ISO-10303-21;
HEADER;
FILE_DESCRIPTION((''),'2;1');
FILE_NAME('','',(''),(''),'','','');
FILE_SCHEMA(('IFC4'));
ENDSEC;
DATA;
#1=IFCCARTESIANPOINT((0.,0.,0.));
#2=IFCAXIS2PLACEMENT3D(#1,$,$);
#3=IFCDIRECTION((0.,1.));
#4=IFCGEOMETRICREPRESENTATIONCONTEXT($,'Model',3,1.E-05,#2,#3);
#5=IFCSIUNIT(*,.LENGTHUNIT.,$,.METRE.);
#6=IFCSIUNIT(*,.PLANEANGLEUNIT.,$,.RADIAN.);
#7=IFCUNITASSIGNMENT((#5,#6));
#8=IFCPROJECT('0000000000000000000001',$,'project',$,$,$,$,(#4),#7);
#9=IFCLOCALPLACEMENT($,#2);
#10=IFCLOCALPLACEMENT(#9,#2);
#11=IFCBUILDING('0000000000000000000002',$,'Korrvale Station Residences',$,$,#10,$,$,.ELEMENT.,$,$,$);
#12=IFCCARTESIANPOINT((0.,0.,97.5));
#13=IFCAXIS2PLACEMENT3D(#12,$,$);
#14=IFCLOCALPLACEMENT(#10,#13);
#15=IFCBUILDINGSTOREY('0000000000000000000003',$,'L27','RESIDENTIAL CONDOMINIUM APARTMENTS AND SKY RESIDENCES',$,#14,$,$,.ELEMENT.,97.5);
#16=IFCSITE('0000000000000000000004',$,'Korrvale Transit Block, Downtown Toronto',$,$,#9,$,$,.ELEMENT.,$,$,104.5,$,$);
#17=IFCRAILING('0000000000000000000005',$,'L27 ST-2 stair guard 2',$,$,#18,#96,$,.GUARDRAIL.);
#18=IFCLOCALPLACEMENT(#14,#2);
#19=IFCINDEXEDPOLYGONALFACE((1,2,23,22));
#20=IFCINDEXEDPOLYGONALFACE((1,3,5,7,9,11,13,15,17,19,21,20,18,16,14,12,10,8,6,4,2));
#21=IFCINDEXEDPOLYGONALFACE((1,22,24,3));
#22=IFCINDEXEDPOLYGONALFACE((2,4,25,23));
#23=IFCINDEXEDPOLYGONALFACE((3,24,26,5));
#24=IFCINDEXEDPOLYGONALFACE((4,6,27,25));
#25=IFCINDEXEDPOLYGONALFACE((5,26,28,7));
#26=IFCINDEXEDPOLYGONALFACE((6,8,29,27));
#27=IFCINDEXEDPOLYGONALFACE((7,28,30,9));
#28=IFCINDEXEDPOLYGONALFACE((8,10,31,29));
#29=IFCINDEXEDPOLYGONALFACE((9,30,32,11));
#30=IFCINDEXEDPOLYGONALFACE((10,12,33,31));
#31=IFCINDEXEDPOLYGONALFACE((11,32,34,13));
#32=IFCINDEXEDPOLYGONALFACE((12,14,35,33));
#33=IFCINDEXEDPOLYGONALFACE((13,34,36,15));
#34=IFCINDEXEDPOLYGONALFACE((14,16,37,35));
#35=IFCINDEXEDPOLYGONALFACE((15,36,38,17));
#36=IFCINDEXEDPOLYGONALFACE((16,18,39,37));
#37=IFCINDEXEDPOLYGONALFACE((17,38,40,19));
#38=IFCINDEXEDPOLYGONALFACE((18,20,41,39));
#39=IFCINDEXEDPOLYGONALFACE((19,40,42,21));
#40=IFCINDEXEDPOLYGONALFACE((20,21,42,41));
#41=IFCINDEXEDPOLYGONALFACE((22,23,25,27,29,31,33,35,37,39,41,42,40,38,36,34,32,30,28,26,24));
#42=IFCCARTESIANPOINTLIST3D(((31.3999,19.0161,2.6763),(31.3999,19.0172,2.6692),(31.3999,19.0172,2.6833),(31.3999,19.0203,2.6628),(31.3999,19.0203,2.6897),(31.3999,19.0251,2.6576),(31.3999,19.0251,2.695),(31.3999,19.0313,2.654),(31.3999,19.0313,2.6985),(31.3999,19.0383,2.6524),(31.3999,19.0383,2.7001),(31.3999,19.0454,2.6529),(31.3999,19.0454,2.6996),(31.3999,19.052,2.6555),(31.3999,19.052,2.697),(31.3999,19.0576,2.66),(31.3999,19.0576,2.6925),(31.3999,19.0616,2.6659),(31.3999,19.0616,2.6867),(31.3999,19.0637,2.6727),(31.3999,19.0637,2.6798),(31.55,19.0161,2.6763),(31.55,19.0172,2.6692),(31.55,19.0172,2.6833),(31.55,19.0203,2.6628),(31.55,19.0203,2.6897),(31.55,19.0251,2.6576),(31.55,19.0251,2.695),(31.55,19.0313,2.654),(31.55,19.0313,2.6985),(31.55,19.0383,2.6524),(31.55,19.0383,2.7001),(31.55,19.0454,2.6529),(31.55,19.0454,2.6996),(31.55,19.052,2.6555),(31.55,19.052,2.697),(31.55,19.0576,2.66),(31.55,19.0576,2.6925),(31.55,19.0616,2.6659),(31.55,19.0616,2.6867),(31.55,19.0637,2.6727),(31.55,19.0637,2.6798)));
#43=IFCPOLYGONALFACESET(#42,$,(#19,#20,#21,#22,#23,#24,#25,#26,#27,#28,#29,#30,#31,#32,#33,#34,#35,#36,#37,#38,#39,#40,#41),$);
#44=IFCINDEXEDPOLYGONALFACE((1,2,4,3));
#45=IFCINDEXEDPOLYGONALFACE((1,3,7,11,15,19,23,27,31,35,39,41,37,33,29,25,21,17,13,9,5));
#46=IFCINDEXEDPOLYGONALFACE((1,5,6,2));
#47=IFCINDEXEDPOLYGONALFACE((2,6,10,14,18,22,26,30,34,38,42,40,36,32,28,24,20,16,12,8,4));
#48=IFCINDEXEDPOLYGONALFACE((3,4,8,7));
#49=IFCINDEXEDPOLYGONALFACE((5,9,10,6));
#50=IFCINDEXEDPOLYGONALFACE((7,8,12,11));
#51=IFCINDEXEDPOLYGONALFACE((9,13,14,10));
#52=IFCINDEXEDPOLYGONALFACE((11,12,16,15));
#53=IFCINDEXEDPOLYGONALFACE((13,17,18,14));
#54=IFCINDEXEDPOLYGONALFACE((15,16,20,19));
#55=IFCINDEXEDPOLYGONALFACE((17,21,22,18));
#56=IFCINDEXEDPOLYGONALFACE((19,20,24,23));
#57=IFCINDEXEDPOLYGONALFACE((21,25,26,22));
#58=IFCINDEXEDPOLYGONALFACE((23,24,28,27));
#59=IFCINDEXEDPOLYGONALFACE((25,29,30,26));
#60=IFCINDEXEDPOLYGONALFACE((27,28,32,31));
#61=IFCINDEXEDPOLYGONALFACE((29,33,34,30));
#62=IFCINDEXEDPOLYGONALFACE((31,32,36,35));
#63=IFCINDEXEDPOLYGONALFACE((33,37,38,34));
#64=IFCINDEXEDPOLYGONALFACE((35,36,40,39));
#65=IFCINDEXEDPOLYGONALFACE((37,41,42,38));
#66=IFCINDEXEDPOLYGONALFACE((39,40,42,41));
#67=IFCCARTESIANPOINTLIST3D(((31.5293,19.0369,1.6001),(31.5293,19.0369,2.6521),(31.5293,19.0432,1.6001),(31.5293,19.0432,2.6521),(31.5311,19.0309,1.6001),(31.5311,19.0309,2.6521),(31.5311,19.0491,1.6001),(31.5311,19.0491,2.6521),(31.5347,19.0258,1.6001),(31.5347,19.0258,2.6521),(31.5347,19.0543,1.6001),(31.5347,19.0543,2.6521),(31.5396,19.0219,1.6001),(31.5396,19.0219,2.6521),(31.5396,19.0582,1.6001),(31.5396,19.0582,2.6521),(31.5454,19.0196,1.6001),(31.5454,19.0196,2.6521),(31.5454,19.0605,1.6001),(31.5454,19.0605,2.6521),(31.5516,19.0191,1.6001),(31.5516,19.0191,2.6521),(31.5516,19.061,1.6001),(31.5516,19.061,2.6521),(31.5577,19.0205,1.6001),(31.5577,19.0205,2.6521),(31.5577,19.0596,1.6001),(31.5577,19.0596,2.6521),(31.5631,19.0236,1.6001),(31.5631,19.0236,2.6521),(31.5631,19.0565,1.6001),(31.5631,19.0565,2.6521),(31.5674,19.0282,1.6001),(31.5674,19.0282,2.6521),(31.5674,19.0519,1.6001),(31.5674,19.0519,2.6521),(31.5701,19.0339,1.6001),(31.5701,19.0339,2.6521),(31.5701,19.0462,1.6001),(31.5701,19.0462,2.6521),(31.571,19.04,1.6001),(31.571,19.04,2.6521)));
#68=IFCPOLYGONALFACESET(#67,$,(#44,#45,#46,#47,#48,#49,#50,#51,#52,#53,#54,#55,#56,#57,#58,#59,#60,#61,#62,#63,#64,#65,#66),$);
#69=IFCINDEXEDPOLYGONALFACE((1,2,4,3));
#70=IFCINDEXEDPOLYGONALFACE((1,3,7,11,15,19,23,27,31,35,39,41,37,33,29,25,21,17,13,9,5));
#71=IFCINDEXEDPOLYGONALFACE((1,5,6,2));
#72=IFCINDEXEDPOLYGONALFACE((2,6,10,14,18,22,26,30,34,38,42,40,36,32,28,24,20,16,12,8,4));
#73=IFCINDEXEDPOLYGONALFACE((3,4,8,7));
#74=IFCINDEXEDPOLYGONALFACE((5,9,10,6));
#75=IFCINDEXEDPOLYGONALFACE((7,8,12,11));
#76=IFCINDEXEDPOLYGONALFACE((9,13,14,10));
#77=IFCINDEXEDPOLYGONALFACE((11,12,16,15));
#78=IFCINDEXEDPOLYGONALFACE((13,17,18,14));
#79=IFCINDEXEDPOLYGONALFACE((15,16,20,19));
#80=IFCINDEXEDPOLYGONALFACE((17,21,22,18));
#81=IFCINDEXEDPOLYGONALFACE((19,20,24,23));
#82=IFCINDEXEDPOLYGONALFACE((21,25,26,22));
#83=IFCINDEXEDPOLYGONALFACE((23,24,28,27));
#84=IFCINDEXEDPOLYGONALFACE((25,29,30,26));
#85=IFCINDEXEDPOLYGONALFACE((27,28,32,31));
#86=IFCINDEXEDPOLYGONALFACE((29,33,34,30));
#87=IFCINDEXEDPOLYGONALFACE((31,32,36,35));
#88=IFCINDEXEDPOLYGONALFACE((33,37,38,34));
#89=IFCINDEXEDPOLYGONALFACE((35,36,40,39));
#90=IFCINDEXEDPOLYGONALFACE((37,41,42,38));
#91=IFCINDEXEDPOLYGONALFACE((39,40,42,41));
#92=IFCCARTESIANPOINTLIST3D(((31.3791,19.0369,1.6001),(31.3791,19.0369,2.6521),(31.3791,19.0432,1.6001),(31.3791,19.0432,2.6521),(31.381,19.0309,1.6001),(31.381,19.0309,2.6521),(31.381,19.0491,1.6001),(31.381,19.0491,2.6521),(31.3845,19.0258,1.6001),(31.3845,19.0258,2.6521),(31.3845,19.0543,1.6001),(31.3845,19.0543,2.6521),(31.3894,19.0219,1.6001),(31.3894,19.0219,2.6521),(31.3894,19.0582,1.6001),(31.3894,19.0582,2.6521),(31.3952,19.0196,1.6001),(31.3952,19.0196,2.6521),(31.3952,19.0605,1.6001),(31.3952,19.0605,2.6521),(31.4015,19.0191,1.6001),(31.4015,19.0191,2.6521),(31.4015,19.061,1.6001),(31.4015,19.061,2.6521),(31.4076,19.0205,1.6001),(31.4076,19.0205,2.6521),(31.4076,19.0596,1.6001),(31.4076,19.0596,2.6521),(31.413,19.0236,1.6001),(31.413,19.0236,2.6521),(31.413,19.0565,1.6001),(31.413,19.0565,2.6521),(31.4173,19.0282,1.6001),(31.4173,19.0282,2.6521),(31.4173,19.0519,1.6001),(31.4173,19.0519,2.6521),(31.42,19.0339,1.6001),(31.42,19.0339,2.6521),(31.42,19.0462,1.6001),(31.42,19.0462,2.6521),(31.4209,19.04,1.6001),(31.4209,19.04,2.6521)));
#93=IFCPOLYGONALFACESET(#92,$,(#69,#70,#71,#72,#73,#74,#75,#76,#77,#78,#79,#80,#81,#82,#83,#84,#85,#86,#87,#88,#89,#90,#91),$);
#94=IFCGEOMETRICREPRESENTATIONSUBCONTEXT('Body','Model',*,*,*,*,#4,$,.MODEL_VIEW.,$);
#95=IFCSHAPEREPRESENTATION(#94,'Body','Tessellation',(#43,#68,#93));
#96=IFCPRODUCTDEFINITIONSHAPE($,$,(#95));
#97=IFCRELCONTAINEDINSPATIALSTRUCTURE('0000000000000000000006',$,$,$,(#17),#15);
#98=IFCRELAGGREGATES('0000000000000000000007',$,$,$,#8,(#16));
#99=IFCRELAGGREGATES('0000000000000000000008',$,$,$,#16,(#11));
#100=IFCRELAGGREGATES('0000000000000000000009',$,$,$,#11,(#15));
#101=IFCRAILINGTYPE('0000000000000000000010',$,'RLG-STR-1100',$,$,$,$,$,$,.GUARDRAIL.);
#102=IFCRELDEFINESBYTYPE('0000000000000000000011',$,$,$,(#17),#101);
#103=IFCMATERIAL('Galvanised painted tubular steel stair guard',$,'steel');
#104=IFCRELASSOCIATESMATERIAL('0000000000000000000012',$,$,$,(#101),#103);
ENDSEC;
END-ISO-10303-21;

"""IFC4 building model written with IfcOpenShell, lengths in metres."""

from ifc_helpers import new_model, si_unit, direction, frame, origin, origin_2d, place, context, subcontext, project, spatial, circle, extrude, material, type_object, element, save


model = new_model("IFC4")

# Units and contexts
model_context = context("Model", 3, precision=1e-05, world=origin(), true_north=direction((0.0, 1.0)))
body_context = subcontext(model_context, "Body", "Model", "MODEL_VIEW")
ifc_project = project(units=[si_unit("LENGTHUNIT", "METRE"), si_unit("PLANEANGLEUNIT", "RADIAN")], contexts=[model_context])

# Site, building, storey
site_placement = place(None, origin())
site = spatial("IfcSite", under=ifc_project, at=site_placement, Name="Korrvale Transit Block, Downtown Toronto", CompositionType="ELEMENT", RefElevation=104.5)
building_placement = place(site_placement, origin())
building = spatial("IfcBuilding", under=site, at=building_placement, Name="Korrvale Station Residences", CompositionType="ELEMENT")
storey_placement = place(building_placement, frame((0.0, 0.0, 97.5)))
storey = spatial("IfcBuildingStorey", under=building, at=storey_placement, Name="L27", Description="RESIDENTIAL CONDOMINIUM APARTMENTS AND SKY RESIDENCES", CompositionType="ELEMENT", Elevation=97.5)

# Railing
ifc_material_1 = material(Name="Galvanised painted tubular steel stair guard", Category="steel")
railing_type_1 = type_object("IfcRailingType", Name="RLG-STR-1100", PredefinedType="GUARDRAIL", material=ifc_material_1)
railing_1_placement = place(storey_placement, frame((31.55, 19.04, 1.6001)))
element("IfcRailing", 1, at=railing_1_placement, inside=storey, type_object=railing_type_1, Name="L27 ST-2 stair guard 2", PredefinedType="GUARDRAIL", context=body_context, shape_type="SweptSolid", body=[
    extrude(circle(Radius=0.0239, at=origin_2d()), frame((0.0, 0.0, 1.0762), z_axis=(-1.0, 0.0, 0.0), x_axis=(0.0, -1.0, 0.0)), (0.0, 0.0, 1.0), 0.1501),
    extrude(circle(Radius=0.021, at=origin_2d()), origin(), (0.0, 0.0, 1.0), 1.052),
    extrude(circle(Radius=0.021, at=origin_2d()), frame((-0.1501, 0.0, 0.0)), (0.0, 0.0, 1.0), 1.052),
])

save(model, "model.ifc")
